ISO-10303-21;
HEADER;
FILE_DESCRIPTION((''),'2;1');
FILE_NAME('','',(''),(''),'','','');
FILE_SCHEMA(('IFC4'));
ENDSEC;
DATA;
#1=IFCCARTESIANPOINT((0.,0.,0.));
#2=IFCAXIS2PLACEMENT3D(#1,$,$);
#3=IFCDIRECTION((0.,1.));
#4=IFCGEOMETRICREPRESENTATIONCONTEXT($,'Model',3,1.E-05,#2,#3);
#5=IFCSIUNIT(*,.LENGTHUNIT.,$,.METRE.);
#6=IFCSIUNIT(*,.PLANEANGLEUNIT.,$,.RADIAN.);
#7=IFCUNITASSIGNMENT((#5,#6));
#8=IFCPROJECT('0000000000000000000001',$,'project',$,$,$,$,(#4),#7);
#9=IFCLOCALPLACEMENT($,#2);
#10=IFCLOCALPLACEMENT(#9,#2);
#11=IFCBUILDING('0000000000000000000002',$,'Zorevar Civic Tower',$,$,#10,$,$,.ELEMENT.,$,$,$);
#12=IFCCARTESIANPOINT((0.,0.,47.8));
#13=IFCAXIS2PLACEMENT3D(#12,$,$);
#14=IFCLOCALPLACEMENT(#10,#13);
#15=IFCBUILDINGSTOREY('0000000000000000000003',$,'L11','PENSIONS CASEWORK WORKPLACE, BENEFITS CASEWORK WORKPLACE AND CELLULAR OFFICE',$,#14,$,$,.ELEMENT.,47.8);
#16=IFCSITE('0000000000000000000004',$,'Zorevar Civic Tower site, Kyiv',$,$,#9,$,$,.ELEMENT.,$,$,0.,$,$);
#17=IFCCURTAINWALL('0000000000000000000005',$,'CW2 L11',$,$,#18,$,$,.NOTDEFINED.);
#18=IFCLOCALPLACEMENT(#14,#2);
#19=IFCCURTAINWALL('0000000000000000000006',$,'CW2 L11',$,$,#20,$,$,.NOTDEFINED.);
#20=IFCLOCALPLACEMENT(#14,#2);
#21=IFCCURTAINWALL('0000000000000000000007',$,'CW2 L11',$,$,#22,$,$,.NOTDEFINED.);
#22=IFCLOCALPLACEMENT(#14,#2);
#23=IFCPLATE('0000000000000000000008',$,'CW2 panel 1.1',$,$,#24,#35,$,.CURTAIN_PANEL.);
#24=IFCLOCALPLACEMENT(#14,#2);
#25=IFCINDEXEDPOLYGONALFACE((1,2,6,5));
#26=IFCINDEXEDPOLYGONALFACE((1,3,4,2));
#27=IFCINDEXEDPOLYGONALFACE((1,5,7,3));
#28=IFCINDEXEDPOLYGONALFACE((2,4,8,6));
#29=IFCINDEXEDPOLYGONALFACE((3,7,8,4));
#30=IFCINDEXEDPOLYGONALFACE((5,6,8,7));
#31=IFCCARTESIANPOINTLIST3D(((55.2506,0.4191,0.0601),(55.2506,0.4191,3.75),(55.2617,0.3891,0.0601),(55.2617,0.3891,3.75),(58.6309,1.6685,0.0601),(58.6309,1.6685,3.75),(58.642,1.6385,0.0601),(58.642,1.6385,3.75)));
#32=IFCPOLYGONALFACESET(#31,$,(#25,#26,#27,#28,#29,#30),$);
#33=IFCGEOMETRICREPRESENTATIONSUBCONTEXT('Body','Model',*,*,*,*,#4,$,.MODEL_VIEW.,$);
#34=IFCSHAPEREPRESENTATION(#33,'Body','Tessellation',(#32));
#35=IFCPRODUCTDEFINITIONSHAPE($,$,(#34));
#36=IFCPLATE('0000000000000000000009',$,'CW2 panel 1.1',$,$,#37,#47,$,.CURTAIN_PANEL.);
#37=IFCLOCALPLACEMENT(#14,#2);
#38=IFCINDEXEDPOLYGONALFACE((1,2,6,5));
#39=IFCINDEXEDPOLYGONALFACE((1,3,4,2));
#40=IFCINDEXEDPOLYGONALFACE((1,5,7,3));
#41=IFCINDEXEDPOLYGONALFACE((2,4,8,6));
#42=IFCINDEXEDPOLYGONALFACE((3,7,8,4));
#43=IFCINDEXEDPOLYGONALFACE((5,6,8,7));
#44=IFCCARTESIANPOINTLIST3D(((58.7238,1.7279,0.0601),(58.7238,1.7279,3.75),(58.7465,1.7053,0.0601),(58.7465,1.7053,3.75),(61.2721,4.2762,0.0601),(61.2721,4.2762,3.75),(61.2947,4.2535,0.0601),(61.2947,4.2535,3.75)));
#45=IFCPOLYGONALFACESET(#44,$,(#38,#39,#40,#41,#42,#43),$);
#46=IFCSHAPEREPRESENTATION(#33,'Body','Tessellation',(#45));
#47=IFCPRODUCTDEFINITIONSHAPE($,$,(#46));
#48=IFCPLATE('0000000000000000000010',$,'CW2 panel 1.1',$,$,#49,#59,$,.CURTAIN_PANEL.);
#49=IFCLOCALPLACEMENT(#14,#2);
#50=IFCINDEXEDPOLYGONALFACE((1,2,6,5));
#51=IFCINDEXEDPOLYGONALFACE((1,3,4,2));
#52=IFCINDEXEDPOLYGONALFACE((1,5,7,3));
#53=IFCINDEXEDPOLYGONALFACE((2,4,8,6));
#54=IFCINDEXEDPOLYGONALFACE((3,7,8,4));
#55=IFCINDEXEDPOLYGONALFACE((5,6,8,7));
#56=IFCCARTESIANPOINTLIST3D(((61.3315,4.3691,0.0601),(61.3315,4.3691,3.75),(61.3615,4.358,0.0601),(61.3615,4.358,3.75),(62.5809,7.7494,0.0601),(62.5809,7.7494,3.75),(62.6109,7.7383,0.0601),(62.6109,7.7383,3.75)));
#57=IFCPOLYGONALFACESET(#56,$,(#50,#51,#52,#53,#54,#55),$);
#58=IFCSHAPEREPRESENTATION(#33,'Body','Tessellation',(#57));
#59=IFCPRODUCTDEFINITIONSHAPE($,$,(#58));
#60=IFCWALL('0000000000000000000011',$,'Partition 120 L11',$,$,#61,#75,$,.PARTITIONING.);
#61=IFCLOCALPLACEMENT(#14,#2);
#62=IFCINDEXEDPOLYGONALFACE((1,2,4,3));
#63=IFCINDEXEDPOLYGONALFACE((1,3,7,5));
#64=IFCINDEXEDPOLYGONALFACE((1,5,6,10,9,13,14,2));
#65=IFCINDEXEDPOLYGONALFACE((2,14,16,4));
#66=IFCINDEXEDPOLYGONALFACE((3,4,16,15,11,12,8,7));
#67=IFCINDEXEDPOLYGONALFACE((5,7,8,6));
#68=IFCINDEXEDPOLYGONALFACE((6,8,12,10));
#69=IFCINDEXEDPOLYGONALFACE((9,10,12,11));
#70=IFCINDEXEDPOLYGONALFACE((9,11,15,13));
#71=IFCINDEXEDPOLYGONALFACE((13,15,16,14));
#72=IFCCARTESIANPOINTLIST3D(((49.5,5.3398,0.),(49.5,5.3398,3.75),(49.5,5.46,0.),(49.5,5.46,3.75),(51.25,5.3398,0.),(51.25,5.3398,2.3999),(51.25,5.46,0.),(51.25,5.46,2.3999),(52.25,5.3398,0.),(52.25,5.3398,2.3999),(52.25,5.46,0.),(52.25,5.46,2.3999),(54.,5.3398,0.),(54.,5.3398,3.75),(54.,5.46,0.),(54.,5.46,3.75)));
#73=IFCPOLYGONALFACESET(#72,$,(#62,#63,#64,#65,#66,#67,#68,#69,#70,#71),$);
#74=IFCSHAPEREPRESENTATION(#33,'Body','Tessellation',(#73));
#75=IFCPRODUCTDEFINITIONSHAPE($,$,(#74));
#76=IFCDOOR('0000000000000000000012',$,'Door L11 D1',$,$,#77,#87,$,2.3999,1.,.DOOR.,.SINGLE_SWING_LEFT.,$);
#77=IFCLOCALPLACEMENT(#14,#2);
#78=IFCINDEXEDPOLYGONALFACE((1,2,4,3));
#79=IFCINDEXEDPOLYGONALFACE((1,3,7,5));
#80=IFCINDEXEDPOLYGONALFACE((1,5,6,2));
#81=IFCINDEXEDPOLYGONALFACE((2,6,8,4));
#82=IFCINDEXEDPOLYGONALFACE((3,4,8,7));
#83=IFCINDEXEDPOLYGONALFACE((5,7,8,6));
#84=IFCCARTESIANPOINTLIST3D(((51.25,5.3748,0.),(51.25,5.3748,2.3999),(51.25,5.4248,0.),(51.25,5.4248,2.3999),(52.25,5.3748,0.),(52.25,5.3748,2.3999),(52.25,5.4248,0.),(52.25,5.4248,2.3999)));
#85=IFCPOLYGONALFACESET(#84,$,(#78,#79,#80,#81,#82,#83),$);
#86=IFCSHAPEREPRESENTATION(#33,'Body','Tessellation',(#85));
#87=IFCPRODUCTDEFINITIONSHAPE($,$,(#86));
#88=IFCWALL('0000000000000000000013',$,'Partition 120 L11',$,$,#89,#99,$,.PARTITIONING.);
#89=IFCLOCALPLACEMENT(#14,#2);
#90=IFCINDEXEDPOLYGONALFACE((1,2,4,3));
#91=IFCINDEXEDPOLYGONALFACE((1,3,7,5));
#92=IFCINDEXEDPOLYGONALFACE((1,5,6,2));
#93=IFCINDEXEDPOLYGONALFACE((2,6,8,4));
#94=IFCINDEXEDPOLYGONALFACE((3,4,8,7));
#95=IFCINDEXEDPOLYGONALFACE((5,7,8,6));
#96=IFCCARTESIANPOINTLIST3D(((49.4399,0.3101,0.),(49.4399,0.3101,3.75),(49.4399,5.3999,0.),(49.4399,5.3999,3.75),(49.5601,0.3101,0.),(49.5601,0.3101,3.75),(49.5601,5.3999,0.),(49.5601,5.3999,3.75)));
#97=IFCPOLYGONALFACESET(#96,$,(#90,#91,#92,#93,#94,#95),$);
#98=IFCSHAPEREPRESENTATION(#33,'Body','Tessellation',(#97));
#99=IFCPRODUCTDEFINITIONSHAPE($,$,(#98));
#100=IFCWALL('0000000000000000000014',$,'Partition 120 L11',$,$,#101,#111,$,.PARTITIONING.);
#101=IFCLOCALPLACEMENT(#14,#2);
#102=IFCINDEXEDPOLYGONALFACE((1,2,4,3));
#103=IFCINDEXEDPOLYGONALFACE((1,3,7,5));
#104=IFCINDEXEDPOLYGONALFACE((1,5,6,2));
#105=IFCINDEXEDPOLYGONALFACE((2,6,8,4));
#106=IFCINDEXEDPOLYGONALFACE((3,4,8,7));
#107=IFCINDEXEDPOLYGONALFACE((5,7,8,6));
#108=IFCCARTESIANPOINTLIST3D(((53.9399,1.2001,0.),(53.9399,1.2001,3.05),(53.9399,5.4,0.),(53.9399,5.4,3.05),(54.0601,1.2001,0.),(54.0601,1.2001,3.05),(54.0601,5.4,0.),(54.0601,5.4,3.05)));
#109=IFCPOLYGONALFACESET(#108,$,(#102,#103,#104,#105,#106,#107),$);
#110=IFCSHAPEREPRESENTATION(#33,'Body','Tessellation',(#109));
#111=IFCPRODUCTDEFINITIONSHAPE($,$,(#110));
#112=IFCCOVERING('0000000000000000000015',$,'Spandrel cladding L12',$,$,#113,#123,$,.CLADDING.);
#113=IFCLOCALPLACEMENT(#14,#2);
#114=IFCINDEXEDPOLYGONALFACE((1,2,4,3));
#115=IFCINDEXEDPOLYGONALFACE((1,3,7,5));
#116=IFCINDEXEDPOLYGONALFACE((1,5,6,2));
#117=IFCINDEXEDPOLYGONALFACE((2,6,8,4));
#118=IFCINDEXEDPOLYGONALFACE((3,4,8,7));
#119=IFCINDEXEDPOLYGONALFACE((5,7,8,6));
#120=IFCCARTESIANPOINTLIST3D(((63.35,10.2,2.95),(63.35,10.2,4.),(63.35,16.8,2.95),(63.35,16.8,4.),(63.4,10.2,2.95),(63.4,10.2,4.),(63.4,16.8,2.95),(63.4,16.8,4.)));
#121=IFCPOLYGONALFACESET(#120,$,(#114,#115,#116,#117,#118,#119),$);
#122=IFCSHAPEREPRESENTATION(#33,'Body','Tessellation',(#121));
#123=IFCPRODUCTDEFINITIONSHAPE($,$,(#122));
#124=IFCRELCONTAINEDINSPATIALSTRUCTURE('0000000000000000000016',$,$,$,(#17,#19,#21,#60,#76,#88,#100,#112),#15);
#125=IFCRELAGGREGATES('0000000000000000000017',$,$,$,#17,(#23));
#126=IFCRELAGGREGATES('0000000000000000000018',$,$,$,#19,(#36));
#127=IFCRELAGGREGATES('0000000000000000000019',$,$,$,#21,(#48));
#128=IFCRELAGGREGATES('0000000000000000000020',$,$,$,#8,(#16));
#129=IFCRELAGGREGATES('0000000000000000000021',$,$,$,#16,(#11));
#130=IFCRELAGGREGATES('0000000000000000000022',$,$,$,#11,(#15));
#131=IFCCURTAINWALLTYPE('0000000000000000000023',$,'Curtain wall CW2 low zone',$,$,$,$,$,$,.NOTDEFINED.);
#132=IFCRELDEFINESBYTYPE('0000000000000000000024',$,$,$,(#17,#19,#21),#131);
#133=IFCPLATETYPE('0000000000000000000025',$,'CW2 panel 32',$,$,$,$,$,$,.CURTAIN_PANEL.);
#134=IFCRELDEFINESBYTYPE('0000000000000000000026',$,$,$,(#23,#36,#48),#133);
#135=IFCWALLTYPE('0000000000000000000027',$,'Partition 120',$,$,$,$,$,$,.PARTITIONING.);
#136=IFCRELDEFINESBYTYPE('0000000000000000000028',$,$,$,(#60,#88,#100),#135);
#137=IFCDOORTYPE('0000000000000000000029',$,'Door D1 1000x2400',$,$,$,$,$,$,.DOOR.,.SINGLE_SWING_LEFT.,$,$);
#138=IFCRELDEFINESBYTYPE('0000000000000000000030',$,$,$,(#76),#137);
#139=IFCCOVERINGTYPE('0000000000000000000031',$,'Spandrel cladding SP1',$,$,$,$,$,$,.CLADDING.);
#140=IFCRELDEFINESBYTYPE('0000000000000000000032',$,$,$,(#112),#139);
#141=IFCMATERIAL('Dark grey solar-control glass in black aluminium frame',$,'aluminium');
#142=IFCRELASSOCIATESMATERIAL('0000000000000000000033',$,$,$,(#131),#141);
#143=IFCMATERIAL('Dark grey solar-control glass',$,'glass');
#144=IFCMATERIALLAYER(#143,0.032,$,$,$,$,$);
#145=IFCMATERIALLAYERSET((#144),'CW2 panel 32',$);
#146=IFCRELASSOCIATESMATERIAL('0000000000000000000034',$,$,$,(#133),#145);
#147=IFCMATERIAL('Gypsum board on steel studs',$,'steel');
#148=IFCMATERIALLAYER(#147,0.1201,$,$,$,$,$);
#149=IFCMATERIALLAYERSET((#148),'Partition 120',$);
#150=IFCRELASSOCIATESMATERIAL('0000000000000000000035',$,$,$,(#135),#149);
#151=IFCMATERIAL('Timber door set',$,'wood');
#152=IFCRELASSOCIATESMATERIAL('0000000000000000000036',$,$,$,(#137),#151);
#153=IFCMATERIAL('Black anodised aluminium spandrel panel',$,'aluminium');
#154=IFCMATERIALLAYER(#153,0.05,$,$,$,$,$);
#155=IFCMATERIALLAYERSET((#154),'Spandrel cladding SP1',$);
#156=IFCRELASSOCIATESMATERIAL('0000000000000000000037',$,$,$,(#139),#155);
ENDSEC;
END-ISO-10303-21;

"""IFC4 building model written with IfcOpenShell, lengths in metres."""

from ifc_helpers import new_model, si_unit, direction, frame, frame_2d, origin, origin_2d, place, context, subcontext, project, spatial, rectangle, extrude, material, layer, layer_set, type_object, element, fill, aggregate, save


model = new_model("IFC4")

# Units and contexts
model_context = context("Model", 3, precision=1e-05, world=origin(), true_north=direction((0.0, 1.0)))
body_context = subcontext(model_context, "Body", "Model", "MODEL_VIEW")
ifc_project = project(units=[si_unit("LENGTHUNIT", "METRE"), si_unit("PLANEANGLEUNIT", "RADIAN")], contexts=[model_context])

# Site, building, storey
site_placement = place(None, origin())
site = spatial("IfcSite", under=ifc_project, at=site_placement, Name="Zorevar Civic Tower site, Kyiv", CompositionType="ELEMENT", RefElevation=0.0)
building_placement = place(site_placement, origin())
building = spatial("IfcBuilding", under=site, at=building_placement, Name="Zorevar Civic Tower", CompositionType="ELEMENT")
storey_placement = place(building_placement, frame((0.0, 0.0, 47.8)))
storey = spatial("IfcBuildingStorey", under=building, at=storey_placement, Name="L11", Description="PENSIONS CASEWORK WORKPLACE, BENEFITS CASEWORK WORKPLACE AND CELLULAR OFFICE", CompositionType="ELEMENT", Elevation=47.8)

# Shared definitions
ifc_material_1 = material(Name="Dark grey solar-control glass in black aluminium frame", Category="aluminium")
curtain_wall_type = type_object("IfcCurtainWallType", Name="Curtain wall CW2 low zone", PredefinedType="NOTDEFINED", material=ifc_material_1)

# Curtain walls
curtain_wall_1_placement = place(storey_placement, origin())
curtain_wall_1 = element("IfcCurtainWall", 1, at=curtain_wall_1_placement, inside=storey, type_object=curtain_wall_type, Name="CW2 L11", PredefinedType="NOTDEFINED")
curtain_wall_2_placement = place(storey_placement, origin())
curtain_wall_2 = element("IfcCurtainWall", 2, at=curtain_wall_2_placement, inside=storey, type_object=curtain_wall_type, Name="CW2 L11", PredefinedType="NOTDEFINED")
curtain_wall_3_placement = place(storey_placement, origin())
curtain_wall_3 = element("IfcCurtainWall", 3, at=curtain_wall_3_placement, inside=storey, type_object=curtain_wall_type, Name="CW2 L11", PredefinedType="NOTDEFINED")

# Plates
ifc_material_2 = material(Name="Dark grey solar-control glass", Category="glass")
ifc_layer_1 = layer(ifc_material_2, 0.032)
ifc_layer_set_1 = layer_set([ifc_layer_1], Name="CW2 panel 32")
plate_type = type_object("IfcPlateType", Name="CW2 panel 32", PredefinedType="CURTAIN_PANEL", material=ifc_layer_set_1)
plate_1_placement = place(storey_placement, frame((56.9463, 1.0288, 0.0601), z_axis=(0.0, 0.0, 1.0), x_axis=(0.937975, 0.346704, 0.0)))
plate_1 = element("IfcPlate", 4, at=plate_1_placement, type_object=plate_type, Name="CW2 panel 1.1", PredefinedType="CURTAIN_PANEL", context=body_context, shape_type="SweptSolid", body=[
    extrude(rectangle(XDim=3.6038, YDim=0.032, at=origin_2d()), origin(), (0.0, 0.0, 1.0), 3.6899),
])
aggregate(curtain_wall_1, [plate_1])
plate_2_placement = place(storey_placement, frame((60.0093, 2.9907, 0.0601), z_axis=(0.0, 0.0, 1.0), x_axis=(0.707107, 0.707107, 0.0)))
plate_2 = element("IfcPlate", 5, at=plate_2_placement, type_object=plate_type, Name="CW2 panel 1.1", PredefinedType="CURTAIN_PANEL", context=body_context, shape_type="SweptSolid", body=[
    extrude(rectangle(XDim=3.6038, YDim=0.032, at=origin_2d()), origin(), (0.0, 0.0, 1.0), 3.6899),
])
aggregate(curtain_wall_2, [plate_2])
plate_3_placement = place(storey_placement, frame((61.9712, 6.0537, 0.0601), z_axis=(0.0, 0.0, 1.0), x_axis=(0.346704, 0.937975, 0.0)))
plate_3 = element("IfcPlate", 6, at=plate_3_placement, type_object=plate_type, Name="CW2 panel 1.1", PredefinedType="CURTAIN_PANEL", context=body_context, shape_type="SweptSolid", body=[
    extrude(rectangle(XDim=3.6038, YDim=0.032, at=origin_2d()), origin(), (0.0, 0.0, 1.0), 3.6899),
])
aggregate(curtain_wall_3, [plate_3])

# Wall, opening, door
ifc_material_3 = material(Name="Gypsum board on steel studs", Category="steel")
ifc_layer_2 = layer(ifc_material_3, 0.1201)
ifc_layer_set_2 = layer_set([ifc_layer_2], Name="Partition 120")
wall_type = type_object("IfcWallType", Name="Partition 120", PredefinedType="PARTITIONING", material=ifc_layer_set_2)
wall_1_placement = place(storey_placement, frame((49.5, 5.3999, 0.0), z_axis=(0.0, 0.0, 1.0), x_axis=(1.0, 0.0, 0.0)))
wall_1 = element("IfcWall", 7, at=wall_1_placement, inside=storey, type_object=wall_type, Name="Partition 120 L11", PredefinedType="PARTITIONING", context=body_context, shape_type="SweptSolid", body=[
    extrude(rectangle(XDim=4.5, YDim=0.1201, at=frame_2d((2.25, 0.0))), origin(), (0.0, 0.0, 1.0), 3.75),
])
opening_placement = place(wall_1_placement, frame((1.75, 0.0, 0.0)))
opening = element("IfcOpeningElement", 8, at=opening_placement, cuts=wall_1, PredefinedType="OPENING", context=body_context, shape_type="SweptSolid", body=[
    extrude(rectangle(XDim=1.0, YDim=2.3999, at=frame_2d((0.5, 1.2))), frame((0.0, 0.0701, 0.0), z_axis=(0.0, -1.0, 0.0), x_axis=(1.0, 0.0, 0.0)), (0.0, 0.0, 1.0), 0.1401),
])
ifc_material_4 = material(Name="Timber door set", Category="wood")
door_type = type_object("IfcDoorType", Name="Door D1 1000x2400", OperationType="SINGLE_SWING_LEFT", PredefinedType="DOOR", material=ifc_material_4)
door_placement = place(opening_placement, origin())
door = element("IfcDoor", 9, at=door_placement, inside=storey, type_object=door_type, Name="Door L11 D1", OperationType="SINGLE_SWING_LEFT", OverallHeight=2.3999, OverallWidth=1.0, PredefinedType="DOOR", context=body_context, shape_type="SweptSolid", body=[
    extrude(rectangle(XDim=1.0, YDim=2.3999, at=frame_2d((0.5, 1.2))), frame((0.0, 0.0249, 0.0), z_axis=(0.0, -1.0, 0.0), x_axis=(1.0, 0.0, 0.0)), (0.0, 0.0, 1.0), 0.05),
])
fill(opening, door)

# Walls
wall_2_placement = place(storey_placement, frame((49.5, 0.3101, 0.0), z_axis=(0.0, 0.0, 1.0), x_axis=(0.0, 1.0, 0.0)))
element("IfcWall", 10, at=wall_2_placement, inside=storey, type_object=wall_type, Name="Partition 120 L11", PredefinedType="PARTITIONING", context=body_context, shape_type="SweptSolid", body=[
    extrude(rectangle(XDim=5.0898, YDim=0.1201, at=frame_2d((2.5449, 0.0))), origin(), (0.0, 0.0, 1.0), 3.75),
])
wall_3_placement = place(storey_placement, frame((54.0, 1.2, 0.0), z_axis=(0.0, 0.0, 1.0), x_axis=(0.0, 1.0, 0.0)))
element("IfcWall", 11, at=wall_3_placement, inside=storey, type_object=wall_type, Name="Partition 120 L11", PredefinedType="PARTITIONING", context=body_context, shape_type="SweptSolid", body=[
    extrude(rectangle(XDim=4.2, YDim=0.1201, at=frame_2d((2.1001, 0.0))), origin(), (0.0, 0.0, 1.0), 3.05),
])

# Covering
ifc_material_5 = material(Name="Black anodised aluminium spandrel panel", Category="aluminium")
ifc_layer_3 = layer(ifc_material_5, 0.05)
ifc_layer_set_3 = layer_set([ifc_layer_3], Name="Spandrel cladding SP1")
covering_type = type_object("IfcCoveringType", Name="Spandrel cladding SP1", PredefinedType="CLADDING", material=ifc_layer_set_3)
covering_placement = place(storey_placement, frame((63.375, 10.2, 2.95), z_axis=(0.0, 0.0, 1.0), x_axis=(0.0, 1.0, 0.0)))
element("IfcCovering", 12, at=covering_placement, inside=storey, type_object=covering_type, Name="Spandrel cladding L12", PredefinedType="CLADDING", context=body_context, shape_type="SweptSolid", body=[
    extrude(rectangle(XDim=6.6001, YDim=0.05, at=frame_2d((3.3, 0.0))), origin(), (0.0, 0.0, 1.0), 1.05),
])

save(model, "model.ifc")
